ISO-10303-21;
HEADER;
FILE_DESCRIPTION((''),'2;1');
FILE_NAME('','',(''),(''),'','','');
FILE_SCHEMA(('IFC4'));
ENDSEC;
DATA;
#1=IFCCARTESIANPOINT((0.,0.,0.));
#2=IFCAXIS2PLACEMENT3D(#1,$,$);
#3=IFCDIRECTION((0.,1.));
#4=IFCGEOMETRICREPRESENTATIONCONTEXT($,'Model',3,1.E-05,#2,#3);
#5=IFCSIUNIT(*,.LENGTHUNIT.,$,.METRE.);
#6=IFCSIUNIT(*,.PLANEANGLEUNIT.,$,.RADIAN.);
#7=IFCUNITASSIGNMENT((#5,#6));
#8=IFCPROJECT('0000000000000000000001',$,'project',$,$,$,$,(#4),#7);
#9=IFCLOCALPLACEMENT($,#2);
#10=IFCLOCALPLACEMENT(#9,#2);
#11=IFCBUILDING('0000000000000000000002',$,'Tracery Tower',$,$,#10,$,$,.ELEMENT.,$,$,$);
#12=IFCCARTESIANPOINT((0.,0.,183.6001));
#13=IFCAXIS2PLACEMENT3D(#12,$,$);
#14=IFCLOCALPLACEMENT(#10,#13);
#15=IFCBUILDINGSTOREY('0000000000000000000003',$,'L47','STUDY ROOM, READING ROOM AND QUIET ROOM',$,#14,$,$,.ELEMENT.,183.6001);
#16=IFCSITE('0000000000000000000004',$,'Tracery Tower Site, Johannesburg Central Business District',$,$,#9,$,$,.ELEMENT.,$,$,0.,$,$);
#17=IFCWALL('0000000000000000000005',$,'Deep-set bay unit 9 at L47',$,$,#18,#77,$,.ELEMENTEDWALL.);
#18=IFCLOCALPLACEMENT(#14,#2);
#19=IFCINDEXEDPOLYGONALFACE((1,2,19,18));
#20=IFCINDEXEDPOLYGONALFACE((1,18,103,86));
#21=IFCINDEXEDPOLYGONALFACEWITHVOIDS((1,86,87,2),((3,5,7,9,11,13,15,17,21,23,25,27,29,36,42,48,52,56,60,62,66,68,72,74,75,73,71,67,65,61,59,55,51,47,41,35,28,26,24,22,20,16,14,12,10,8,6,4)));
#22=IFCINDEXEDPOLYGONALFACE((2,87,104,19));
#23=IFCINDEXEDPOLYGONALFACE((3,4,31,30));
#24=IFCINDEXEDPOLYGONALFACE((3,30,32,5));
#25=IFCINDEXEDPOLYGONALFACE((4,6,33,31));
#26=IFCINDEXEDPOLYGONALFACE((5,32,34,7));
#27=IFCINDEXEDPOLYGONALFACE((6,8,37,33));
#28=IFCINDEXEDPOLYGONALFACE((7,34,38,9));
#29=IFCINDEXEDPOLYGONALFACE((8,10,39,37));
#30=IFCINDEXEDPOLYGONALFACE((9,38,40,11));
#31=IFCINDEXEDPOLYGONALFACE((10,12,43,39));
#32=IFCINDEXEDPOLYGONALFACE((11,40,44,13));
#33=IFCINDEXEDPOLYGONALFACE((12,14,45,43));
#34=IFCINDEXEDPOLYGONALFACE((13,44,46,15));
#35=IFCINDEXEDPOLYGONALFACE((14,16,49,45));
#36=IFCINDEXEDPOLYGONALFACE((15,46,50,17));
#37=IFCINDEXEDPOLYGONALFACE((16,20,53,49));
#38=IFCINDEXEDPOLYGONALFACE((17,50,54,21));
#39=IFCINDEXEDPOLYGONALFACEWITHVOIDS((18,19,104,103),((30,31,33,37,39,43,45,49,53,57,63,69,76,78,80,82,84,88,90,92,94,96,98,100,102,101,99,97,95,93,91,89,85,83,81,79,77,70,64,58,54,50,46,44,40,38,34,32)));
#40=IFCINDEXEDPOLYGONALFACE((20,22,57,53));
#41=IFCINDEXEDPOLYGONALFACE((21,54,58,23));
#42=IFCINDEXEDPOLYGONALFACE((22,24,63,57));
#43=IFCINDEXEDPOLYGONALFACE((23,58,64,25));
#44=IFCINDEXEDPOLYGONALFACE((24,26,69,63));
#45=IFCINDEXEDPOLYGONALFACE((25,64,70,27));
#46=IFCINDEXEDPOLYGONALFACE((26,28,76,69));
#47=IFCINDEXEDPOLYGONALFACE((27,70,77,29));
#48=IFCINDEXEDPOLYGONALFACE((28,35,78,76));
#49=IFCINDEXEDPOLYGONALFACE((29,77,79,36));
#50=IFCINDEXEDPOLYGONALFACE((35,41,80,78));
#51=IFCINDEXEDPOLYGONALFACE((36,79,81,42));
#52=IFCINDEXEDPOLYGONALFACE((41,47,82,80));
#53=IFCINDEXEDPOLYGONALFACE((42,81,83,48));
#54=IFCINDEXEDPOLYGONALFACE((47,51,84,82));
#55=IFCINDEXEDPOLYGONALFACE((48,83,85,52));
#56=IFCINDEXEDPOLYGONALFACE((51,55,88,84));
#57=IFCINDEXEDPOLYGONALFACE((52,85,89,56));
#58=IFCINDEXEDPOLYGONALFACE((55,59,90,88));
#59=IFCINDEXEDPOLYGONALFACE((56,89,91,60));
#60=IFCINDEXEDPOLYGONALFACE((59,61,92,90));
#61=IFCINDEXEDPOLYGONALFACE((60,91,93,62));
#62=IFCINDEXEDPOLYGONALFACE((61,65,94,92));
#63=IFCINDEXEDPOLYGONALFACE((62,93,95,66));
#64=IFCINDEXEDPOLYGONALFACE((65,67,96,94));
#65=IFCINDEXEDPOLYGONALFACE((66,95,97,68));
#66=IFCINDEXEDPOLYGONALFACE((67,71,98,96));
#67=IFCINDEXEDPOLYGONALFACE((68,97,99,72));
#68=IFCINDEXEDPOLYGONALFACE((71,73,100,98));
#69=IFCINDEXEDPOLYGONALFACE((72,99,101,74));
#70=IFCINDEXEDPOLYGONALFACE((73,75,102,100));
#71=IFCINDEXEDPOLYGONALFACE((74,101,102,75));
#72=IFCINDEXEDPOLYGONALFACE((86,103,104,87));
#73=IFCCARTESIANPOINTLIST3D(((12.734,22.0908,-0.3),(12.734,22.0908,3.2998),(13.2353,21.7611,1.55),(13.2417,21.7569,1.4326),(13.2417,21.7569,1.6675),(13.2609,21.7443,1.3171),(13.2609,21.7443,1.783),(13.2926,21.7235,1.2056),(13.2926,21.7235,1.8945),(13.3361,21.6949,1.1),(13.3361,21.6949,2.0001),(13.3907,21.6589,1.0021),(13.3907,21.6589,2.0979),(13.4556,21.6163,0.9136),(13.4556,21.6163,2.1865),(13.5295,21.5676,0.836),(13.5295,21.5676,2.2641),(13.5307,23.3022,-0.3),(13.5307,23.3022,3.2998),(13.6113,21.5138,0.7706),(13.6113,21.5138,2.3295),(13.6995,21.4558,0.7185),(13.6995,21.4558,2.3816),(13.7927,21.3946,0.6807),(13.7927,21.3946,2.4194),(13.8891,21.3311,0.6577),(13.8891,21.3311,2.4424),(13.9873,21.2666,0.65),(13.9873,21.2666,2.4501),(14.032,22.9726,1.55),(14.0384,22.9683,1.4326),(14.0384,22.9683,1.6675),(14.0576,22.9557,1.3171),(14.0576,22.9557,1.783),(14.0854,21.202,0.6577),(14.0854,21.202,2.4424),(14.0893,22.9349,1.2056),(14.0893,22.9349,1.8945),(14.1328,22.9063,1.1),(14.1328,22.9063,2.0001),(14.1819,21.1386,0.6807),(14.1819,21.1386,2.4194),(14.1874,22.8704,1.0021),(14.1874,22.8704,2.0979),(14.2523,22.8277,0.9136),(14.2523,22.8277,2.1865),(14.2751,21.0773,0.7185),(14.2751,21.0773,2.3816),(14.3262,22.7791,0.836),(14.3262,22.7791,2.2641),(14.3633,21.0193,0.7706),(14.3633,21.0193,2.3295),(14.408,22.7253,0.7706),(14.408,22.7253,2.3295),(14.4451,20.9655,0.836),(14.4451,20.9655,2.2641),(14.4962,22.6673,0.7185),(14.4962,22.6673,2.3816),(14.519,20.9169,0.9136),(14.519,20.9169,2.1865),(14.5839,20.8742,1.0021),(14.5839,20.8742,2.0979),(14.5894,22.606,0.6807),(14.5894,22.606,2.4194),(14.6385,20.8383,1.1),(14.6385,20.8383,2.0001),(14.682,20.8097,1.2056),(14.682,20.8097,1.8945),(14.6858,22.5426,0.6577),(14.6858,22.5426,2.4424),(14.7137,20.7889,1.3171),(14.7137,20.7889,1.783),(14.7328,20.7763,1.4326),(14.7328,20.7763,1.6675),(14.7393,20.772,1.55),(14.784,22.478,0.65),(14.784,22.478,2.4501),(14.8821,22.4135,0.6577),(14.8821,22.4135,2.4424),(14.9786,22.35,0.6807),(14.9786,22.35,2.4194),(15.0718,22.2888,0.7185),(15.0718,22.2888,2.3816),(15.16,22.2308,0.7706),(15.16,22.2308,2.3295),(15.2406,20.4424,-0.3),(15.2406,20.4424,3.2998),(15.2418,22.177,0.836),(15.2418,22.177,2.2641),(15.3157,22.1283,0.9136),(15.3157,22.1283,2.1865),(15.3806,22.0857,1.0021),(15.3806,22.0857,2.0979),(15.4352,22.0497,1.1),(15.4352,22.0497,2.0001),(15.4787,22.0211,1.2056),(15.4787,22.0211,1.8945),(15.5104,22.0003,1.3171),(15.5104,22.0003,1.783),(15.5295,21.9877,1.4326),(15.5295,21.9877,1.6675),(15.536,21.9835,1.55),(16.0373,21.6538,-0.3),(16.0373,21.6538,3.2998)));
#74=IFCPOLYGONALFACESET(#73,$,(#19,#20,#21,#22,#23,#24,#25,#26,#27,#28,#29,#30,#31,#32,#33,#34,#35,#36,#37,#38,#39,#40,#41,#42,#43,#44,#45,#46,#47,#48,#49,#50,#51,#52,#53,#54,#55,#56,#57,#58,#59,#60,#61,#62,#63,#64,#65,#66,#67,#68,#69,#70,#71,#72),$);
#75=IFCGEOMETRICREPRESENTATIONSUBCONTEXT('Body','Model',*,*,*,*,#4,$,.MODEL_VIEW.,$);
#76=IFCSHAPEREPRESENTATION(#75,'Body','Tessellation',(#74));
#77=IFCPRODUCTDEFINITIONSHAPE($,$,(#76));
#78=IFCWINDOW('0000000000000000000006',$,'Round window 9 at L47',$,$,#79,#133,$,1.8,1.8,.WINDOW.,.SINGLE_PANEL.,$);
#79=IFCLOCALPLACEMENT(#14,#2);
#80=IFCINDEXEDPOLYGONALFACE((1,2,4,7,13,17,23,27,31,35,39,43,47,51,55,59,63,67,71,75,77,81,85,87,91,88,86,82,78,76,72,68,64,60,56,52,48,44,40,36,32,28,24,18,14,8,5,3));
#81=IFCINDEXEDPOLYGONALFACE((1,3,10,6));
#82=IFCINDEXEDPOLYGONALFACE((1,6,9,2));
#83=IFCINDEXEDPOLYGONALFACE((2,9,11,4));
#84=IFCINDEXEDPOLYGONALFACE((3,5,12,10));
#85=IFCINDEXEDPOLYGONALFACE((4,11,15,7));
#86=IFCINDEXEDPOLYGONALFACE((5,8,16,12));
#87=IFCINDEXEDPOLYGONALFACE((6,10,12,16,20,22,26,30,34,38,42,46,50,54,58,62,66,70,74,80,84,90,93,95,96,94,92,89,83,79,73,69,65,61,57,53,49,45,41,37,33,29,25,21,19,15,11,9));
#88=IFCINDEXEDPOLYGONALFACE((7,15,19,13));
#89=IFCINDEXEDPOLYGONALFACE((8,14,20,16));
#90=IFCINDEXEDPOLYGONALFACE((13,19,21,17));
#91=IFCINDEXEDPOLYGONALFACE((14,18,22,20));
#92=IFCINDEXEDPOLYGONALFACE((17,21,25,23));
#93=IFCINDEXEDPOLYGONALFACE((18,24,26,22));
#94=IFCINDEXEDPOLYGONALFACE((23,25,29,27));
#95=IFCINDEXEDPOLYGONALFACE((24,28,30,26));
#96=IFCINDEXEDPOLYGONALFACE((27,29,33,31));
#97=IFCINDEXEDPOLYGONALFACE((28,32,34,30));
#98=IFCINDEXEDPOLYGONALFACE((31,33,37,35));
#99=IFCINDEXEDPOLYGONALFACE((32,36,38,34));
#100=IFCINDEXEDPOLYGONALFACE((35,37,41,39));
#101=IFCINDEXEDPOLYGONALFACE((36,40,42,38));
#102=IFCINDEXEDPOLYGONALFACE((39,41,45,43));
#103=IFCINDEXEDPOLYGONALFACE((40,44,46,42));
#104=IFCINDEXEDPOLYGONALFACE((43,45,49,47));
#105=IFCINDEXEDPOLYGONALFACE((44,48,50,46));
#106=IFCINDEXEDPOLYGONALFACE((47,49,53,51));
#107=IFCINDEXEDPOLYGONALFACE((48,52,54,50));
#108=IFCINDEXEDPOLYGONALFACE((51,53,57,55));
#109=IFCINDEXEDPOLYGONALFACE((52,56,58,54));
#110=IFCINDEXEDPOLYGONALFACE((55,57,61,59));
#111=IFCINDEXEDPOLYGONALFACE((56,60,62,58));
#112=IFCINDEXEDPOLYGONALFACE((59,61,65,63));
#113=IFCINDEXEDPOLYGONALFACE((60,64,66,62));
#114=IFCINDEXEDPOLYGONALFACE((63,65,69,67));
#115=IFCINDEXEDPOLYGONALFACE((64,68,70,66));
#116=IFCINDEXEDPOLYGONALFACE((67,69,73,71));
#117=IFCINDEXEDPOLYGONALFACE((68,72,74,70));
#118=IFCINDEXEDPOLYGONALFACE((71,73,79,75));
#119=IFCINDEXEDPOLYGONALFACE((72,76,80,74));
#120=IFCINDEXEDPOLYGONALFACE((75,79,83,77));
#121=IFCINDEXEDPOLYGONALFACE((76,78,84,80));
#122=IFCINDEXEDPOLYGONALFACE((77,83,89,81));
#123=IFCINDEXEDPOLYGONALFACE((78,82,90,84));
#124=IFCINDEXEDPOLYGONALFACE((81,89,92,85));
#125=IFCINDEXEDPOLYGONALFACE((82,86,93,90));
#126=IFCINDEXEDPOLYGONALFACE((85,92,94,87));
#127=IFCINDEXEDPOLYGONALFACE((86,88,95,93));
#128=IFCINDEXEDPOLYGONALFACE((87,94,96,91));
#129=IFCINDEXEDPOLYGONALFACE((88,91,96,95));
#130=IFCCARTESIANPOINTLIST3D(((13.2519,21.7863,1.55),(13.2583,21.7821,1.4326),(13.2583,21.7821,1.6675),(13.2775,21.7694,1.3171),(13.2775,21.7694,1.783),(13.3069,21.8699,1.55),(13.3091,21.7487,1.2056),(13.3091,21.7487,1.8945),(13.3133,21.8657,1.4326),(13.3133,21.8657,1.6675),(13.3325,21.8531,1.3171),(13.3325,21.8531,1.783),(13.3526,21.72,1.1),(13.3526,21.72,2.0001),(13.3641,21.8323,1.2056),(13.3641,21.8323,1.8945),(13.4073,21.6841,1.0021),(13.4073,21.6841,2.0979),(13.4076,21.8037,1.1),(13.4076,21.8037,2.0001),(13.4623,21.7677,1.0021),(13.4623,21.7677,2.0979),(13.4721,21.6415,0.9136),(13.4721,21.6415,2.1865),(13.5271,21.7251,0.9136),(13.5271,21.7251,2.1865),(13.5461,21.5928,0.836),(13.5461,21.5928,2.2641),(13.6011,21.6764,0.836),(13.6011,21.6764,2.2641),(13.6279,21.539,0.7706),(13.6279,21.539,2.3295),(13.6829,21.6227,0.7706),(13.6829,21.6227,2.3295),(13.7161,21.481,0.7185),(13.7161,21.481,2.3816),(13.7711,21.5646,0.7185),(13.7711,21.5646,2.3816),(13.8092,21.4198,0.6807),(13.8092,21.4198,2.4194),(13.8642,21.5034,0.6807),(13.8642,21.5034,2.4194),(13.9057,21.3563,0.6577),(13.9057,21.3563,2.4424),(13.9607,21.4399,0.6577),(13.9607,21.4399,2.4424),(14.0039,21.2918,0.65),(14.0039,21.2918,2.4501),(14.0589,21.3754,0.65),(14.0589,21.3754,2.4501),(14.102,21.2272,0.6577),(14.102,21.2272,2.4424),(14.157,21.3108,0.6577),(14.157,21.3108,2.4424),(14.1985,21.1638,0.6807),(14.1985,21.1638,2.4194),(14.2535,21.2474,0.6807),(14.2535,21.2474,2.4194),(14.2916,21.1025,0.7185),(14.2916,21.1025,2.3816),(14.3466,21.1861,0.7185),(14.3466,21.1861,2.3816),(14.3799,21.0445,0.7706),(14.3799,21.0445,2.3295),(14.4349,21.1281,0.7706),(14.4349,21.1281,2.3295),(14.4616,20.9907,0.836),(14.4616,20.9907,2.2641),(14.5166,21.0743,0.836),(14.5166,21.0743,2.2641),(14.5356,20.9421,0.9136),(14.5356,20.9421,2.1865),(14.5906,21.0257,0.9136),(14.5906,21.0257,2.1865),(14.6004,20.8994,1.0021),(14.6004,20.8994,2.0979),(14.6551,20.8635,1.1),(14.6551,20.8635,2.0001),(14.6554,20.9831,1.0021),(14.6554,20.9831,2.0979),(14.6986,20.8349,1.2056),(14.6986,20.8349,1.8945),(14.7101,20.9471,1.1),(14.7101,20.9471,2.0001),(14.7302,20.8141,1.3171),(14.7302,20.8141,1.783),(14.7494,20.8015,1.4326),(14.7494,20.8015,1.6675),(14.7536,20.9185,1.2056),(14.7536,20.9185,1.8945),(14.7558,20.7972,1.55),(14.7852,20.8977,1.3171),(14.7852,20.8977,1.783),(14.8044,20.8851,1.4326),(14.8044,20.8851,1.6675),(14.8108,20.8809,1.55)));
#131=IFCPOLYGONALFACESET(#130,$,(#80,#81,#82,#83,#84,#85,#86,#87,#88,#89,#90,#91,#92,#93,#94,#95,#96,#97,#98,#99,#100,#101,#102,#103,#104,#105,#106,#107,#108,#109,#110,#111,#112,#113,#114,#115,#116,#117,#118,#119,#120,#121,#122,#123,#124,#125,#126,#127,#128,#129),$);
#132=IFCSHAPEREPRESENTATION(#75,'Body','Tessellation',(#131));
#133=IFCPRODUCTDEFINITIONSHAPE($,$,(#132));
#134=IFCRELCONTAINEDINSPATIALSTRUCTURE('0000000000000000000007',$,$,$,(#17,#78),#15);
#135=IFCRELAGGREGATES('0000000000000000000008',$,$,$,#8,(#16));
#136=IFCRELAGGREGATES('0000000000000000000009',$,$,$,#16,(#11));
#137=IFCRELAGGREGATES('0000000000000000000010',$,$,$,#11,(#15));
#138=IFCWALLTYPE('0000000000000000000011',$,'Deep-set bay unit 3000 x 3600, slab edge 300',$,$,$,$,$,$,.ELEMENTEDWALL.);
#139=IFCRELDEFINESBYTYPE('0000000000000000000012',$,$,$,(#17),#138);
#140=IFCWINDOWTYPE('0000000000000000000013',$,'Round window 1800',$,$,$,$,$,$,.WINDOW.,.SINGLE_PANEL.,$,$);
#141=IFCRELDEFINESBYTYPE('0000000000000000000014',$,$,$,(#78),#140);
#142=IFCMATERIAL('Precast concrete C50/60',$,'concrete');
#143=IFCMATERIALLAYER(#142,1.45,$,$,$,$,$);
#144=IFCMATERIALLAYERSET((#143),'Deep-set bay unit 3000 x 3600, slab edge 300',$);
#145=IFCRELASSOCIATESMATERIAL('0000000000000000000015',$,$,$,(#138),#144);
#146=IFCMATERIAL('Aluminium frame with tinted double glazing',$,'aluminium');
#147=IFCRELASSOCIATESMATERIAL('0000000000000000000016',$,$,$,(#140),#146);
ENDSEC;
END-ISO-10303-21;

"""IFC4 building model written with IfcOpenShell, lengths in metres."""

from ifc_helpers import new_model, si_unit, direction, frame, frame_2d, origin, origin_2d, place, context, subcontext, project, spatial, rectangle, circle, extrude, material, layer, layer_set, type_object, element, fill, save


model = new_model("IFC4")

# Units and contexts
model_context = context("Model", 3, precision=1e-05, world=origin(), true_north=direction((0.0, 1.0)))
body_context = subcontext(model_context, "Body", "Model", "MODEL_VIEW")
ifc_project = project(units=[si_unit("LENGTHUNIT", "METRE"), si_unit("PLANEANGLEUNIT", "RADIAN")], contexts=[model_context])

# Site, building, storey
site_placement = place(None, origin())
site = spatial("IfcSite", under=ifc_project, at=site_placement, Name="Tracery Tower Site, Johannesburg Central Business District", CompositionType="ELEMENT", RefElevation=0.0)
building_placement = place(site_placement, origin())
building = spatial("IfcBuilding", under=site, at=building_placement, Name="Tracery Tower", CompositionType="ELEMENT")
storey_placement = place(building_placement, frame((0.0, 0.0, 183.6001)))
storey = spatial("IfcBuildingStorey", under=building, at=storey_placement, Name="L47", Description="STUDY ROOM, READING ROOM AND QUIET ROOM", CompositionType="ELEMENT", Elevation=183.6001)

# Wall, opening, window
ifc_material_1 = material(Name="Precast concrete C50/60", Category="concrete")
ifc_layer_1 = layer(ifc_material_1, 1.45)
ifc_layer_set_1 = layer_set([ifc_layer_1], Name="Deep-set bay unit 3000 x 3600, slab edge 300")
wall_type_1 = type_object("IfcWallType", Name="Deep-set bay unit 3000 x 3600, slab edge 300", PredefinedType="ELEMENTEDWALL", material=ifc_layer_set_1)
ifc_material_2 = material(Name="Aluminium frame with tinted double glazing", Category="aluminium")
window_type = type_object("IfcWindowType", Name="Round window 1800", PartitioningType="SINGLE_PANEL", PredefinedType="WINDOW", material=ifc_material_2)
wall_1_placement = place(storey_placement, frame((15.6389, 21.0481, -0.3), z_axis=(0.0, 0.0, 1.0), x_axis=(-0.835514, 0.549469, 0.0)))
wall_1 = element("IfcWall", 1, at=wall_1_placement, inside=storey, type_object=wall_type_1, Name="Deep-set bay unit 9 at L47", PredefinedType="ELEMENTEDWALL", context=body_context, shape_type="SweptSolid", body=[
    extrude(rectangle(XDim=3.0, YDim=1.45, at=frame_2d((1.5, 0.0))), origin(), (0.0, 0.0, 1.0), 3.5999),
])
opening_1_placement = place(wall_1_placement, frame((1.5, 0.0, 1.8501)))
opening_1 = element("IfcOpeningElement", 2, at=opening_1_placement, cuts=wall_1, PredefinedType="OPENING", context=body_context, shape_type="SweptSolid", body=[
    extrude(circle(Radius=0.9, at=origin_2d()), frame((0.0, 0.7349, 0.0), z_axis=(0.0, -1.0, 0.0), x_axis=(1.0, 0.0, 0.0)), (0.0, 0.0, 1.0), 1.47),
])
window_1_placement = place(opening_1_placement, origin())
window_1 = element("IfcWindow", 3, at=window_1_placement, inside=storey, type_object=window_type, Name="Round window 9 at L47", OverallHeight=1.8, OverallWidth=1.8, PartitioningType="SINGLE_PANEL", PredefinedType="WINDOW", context=body_context, shape_type="SweptSolid", body=[
    extrude(circle(Radius=0.9, at=origin_2d()), frame((0.0, 0.6948, 0.0), z_axis=(0.0, -1.0, 0.0), x_axis=(1.0, 0.0, 0.0)), (0.0, 0.0, 1.0), 0.1001),
])
fill(opening_1, window_1)

save(model, "model.ifc")
